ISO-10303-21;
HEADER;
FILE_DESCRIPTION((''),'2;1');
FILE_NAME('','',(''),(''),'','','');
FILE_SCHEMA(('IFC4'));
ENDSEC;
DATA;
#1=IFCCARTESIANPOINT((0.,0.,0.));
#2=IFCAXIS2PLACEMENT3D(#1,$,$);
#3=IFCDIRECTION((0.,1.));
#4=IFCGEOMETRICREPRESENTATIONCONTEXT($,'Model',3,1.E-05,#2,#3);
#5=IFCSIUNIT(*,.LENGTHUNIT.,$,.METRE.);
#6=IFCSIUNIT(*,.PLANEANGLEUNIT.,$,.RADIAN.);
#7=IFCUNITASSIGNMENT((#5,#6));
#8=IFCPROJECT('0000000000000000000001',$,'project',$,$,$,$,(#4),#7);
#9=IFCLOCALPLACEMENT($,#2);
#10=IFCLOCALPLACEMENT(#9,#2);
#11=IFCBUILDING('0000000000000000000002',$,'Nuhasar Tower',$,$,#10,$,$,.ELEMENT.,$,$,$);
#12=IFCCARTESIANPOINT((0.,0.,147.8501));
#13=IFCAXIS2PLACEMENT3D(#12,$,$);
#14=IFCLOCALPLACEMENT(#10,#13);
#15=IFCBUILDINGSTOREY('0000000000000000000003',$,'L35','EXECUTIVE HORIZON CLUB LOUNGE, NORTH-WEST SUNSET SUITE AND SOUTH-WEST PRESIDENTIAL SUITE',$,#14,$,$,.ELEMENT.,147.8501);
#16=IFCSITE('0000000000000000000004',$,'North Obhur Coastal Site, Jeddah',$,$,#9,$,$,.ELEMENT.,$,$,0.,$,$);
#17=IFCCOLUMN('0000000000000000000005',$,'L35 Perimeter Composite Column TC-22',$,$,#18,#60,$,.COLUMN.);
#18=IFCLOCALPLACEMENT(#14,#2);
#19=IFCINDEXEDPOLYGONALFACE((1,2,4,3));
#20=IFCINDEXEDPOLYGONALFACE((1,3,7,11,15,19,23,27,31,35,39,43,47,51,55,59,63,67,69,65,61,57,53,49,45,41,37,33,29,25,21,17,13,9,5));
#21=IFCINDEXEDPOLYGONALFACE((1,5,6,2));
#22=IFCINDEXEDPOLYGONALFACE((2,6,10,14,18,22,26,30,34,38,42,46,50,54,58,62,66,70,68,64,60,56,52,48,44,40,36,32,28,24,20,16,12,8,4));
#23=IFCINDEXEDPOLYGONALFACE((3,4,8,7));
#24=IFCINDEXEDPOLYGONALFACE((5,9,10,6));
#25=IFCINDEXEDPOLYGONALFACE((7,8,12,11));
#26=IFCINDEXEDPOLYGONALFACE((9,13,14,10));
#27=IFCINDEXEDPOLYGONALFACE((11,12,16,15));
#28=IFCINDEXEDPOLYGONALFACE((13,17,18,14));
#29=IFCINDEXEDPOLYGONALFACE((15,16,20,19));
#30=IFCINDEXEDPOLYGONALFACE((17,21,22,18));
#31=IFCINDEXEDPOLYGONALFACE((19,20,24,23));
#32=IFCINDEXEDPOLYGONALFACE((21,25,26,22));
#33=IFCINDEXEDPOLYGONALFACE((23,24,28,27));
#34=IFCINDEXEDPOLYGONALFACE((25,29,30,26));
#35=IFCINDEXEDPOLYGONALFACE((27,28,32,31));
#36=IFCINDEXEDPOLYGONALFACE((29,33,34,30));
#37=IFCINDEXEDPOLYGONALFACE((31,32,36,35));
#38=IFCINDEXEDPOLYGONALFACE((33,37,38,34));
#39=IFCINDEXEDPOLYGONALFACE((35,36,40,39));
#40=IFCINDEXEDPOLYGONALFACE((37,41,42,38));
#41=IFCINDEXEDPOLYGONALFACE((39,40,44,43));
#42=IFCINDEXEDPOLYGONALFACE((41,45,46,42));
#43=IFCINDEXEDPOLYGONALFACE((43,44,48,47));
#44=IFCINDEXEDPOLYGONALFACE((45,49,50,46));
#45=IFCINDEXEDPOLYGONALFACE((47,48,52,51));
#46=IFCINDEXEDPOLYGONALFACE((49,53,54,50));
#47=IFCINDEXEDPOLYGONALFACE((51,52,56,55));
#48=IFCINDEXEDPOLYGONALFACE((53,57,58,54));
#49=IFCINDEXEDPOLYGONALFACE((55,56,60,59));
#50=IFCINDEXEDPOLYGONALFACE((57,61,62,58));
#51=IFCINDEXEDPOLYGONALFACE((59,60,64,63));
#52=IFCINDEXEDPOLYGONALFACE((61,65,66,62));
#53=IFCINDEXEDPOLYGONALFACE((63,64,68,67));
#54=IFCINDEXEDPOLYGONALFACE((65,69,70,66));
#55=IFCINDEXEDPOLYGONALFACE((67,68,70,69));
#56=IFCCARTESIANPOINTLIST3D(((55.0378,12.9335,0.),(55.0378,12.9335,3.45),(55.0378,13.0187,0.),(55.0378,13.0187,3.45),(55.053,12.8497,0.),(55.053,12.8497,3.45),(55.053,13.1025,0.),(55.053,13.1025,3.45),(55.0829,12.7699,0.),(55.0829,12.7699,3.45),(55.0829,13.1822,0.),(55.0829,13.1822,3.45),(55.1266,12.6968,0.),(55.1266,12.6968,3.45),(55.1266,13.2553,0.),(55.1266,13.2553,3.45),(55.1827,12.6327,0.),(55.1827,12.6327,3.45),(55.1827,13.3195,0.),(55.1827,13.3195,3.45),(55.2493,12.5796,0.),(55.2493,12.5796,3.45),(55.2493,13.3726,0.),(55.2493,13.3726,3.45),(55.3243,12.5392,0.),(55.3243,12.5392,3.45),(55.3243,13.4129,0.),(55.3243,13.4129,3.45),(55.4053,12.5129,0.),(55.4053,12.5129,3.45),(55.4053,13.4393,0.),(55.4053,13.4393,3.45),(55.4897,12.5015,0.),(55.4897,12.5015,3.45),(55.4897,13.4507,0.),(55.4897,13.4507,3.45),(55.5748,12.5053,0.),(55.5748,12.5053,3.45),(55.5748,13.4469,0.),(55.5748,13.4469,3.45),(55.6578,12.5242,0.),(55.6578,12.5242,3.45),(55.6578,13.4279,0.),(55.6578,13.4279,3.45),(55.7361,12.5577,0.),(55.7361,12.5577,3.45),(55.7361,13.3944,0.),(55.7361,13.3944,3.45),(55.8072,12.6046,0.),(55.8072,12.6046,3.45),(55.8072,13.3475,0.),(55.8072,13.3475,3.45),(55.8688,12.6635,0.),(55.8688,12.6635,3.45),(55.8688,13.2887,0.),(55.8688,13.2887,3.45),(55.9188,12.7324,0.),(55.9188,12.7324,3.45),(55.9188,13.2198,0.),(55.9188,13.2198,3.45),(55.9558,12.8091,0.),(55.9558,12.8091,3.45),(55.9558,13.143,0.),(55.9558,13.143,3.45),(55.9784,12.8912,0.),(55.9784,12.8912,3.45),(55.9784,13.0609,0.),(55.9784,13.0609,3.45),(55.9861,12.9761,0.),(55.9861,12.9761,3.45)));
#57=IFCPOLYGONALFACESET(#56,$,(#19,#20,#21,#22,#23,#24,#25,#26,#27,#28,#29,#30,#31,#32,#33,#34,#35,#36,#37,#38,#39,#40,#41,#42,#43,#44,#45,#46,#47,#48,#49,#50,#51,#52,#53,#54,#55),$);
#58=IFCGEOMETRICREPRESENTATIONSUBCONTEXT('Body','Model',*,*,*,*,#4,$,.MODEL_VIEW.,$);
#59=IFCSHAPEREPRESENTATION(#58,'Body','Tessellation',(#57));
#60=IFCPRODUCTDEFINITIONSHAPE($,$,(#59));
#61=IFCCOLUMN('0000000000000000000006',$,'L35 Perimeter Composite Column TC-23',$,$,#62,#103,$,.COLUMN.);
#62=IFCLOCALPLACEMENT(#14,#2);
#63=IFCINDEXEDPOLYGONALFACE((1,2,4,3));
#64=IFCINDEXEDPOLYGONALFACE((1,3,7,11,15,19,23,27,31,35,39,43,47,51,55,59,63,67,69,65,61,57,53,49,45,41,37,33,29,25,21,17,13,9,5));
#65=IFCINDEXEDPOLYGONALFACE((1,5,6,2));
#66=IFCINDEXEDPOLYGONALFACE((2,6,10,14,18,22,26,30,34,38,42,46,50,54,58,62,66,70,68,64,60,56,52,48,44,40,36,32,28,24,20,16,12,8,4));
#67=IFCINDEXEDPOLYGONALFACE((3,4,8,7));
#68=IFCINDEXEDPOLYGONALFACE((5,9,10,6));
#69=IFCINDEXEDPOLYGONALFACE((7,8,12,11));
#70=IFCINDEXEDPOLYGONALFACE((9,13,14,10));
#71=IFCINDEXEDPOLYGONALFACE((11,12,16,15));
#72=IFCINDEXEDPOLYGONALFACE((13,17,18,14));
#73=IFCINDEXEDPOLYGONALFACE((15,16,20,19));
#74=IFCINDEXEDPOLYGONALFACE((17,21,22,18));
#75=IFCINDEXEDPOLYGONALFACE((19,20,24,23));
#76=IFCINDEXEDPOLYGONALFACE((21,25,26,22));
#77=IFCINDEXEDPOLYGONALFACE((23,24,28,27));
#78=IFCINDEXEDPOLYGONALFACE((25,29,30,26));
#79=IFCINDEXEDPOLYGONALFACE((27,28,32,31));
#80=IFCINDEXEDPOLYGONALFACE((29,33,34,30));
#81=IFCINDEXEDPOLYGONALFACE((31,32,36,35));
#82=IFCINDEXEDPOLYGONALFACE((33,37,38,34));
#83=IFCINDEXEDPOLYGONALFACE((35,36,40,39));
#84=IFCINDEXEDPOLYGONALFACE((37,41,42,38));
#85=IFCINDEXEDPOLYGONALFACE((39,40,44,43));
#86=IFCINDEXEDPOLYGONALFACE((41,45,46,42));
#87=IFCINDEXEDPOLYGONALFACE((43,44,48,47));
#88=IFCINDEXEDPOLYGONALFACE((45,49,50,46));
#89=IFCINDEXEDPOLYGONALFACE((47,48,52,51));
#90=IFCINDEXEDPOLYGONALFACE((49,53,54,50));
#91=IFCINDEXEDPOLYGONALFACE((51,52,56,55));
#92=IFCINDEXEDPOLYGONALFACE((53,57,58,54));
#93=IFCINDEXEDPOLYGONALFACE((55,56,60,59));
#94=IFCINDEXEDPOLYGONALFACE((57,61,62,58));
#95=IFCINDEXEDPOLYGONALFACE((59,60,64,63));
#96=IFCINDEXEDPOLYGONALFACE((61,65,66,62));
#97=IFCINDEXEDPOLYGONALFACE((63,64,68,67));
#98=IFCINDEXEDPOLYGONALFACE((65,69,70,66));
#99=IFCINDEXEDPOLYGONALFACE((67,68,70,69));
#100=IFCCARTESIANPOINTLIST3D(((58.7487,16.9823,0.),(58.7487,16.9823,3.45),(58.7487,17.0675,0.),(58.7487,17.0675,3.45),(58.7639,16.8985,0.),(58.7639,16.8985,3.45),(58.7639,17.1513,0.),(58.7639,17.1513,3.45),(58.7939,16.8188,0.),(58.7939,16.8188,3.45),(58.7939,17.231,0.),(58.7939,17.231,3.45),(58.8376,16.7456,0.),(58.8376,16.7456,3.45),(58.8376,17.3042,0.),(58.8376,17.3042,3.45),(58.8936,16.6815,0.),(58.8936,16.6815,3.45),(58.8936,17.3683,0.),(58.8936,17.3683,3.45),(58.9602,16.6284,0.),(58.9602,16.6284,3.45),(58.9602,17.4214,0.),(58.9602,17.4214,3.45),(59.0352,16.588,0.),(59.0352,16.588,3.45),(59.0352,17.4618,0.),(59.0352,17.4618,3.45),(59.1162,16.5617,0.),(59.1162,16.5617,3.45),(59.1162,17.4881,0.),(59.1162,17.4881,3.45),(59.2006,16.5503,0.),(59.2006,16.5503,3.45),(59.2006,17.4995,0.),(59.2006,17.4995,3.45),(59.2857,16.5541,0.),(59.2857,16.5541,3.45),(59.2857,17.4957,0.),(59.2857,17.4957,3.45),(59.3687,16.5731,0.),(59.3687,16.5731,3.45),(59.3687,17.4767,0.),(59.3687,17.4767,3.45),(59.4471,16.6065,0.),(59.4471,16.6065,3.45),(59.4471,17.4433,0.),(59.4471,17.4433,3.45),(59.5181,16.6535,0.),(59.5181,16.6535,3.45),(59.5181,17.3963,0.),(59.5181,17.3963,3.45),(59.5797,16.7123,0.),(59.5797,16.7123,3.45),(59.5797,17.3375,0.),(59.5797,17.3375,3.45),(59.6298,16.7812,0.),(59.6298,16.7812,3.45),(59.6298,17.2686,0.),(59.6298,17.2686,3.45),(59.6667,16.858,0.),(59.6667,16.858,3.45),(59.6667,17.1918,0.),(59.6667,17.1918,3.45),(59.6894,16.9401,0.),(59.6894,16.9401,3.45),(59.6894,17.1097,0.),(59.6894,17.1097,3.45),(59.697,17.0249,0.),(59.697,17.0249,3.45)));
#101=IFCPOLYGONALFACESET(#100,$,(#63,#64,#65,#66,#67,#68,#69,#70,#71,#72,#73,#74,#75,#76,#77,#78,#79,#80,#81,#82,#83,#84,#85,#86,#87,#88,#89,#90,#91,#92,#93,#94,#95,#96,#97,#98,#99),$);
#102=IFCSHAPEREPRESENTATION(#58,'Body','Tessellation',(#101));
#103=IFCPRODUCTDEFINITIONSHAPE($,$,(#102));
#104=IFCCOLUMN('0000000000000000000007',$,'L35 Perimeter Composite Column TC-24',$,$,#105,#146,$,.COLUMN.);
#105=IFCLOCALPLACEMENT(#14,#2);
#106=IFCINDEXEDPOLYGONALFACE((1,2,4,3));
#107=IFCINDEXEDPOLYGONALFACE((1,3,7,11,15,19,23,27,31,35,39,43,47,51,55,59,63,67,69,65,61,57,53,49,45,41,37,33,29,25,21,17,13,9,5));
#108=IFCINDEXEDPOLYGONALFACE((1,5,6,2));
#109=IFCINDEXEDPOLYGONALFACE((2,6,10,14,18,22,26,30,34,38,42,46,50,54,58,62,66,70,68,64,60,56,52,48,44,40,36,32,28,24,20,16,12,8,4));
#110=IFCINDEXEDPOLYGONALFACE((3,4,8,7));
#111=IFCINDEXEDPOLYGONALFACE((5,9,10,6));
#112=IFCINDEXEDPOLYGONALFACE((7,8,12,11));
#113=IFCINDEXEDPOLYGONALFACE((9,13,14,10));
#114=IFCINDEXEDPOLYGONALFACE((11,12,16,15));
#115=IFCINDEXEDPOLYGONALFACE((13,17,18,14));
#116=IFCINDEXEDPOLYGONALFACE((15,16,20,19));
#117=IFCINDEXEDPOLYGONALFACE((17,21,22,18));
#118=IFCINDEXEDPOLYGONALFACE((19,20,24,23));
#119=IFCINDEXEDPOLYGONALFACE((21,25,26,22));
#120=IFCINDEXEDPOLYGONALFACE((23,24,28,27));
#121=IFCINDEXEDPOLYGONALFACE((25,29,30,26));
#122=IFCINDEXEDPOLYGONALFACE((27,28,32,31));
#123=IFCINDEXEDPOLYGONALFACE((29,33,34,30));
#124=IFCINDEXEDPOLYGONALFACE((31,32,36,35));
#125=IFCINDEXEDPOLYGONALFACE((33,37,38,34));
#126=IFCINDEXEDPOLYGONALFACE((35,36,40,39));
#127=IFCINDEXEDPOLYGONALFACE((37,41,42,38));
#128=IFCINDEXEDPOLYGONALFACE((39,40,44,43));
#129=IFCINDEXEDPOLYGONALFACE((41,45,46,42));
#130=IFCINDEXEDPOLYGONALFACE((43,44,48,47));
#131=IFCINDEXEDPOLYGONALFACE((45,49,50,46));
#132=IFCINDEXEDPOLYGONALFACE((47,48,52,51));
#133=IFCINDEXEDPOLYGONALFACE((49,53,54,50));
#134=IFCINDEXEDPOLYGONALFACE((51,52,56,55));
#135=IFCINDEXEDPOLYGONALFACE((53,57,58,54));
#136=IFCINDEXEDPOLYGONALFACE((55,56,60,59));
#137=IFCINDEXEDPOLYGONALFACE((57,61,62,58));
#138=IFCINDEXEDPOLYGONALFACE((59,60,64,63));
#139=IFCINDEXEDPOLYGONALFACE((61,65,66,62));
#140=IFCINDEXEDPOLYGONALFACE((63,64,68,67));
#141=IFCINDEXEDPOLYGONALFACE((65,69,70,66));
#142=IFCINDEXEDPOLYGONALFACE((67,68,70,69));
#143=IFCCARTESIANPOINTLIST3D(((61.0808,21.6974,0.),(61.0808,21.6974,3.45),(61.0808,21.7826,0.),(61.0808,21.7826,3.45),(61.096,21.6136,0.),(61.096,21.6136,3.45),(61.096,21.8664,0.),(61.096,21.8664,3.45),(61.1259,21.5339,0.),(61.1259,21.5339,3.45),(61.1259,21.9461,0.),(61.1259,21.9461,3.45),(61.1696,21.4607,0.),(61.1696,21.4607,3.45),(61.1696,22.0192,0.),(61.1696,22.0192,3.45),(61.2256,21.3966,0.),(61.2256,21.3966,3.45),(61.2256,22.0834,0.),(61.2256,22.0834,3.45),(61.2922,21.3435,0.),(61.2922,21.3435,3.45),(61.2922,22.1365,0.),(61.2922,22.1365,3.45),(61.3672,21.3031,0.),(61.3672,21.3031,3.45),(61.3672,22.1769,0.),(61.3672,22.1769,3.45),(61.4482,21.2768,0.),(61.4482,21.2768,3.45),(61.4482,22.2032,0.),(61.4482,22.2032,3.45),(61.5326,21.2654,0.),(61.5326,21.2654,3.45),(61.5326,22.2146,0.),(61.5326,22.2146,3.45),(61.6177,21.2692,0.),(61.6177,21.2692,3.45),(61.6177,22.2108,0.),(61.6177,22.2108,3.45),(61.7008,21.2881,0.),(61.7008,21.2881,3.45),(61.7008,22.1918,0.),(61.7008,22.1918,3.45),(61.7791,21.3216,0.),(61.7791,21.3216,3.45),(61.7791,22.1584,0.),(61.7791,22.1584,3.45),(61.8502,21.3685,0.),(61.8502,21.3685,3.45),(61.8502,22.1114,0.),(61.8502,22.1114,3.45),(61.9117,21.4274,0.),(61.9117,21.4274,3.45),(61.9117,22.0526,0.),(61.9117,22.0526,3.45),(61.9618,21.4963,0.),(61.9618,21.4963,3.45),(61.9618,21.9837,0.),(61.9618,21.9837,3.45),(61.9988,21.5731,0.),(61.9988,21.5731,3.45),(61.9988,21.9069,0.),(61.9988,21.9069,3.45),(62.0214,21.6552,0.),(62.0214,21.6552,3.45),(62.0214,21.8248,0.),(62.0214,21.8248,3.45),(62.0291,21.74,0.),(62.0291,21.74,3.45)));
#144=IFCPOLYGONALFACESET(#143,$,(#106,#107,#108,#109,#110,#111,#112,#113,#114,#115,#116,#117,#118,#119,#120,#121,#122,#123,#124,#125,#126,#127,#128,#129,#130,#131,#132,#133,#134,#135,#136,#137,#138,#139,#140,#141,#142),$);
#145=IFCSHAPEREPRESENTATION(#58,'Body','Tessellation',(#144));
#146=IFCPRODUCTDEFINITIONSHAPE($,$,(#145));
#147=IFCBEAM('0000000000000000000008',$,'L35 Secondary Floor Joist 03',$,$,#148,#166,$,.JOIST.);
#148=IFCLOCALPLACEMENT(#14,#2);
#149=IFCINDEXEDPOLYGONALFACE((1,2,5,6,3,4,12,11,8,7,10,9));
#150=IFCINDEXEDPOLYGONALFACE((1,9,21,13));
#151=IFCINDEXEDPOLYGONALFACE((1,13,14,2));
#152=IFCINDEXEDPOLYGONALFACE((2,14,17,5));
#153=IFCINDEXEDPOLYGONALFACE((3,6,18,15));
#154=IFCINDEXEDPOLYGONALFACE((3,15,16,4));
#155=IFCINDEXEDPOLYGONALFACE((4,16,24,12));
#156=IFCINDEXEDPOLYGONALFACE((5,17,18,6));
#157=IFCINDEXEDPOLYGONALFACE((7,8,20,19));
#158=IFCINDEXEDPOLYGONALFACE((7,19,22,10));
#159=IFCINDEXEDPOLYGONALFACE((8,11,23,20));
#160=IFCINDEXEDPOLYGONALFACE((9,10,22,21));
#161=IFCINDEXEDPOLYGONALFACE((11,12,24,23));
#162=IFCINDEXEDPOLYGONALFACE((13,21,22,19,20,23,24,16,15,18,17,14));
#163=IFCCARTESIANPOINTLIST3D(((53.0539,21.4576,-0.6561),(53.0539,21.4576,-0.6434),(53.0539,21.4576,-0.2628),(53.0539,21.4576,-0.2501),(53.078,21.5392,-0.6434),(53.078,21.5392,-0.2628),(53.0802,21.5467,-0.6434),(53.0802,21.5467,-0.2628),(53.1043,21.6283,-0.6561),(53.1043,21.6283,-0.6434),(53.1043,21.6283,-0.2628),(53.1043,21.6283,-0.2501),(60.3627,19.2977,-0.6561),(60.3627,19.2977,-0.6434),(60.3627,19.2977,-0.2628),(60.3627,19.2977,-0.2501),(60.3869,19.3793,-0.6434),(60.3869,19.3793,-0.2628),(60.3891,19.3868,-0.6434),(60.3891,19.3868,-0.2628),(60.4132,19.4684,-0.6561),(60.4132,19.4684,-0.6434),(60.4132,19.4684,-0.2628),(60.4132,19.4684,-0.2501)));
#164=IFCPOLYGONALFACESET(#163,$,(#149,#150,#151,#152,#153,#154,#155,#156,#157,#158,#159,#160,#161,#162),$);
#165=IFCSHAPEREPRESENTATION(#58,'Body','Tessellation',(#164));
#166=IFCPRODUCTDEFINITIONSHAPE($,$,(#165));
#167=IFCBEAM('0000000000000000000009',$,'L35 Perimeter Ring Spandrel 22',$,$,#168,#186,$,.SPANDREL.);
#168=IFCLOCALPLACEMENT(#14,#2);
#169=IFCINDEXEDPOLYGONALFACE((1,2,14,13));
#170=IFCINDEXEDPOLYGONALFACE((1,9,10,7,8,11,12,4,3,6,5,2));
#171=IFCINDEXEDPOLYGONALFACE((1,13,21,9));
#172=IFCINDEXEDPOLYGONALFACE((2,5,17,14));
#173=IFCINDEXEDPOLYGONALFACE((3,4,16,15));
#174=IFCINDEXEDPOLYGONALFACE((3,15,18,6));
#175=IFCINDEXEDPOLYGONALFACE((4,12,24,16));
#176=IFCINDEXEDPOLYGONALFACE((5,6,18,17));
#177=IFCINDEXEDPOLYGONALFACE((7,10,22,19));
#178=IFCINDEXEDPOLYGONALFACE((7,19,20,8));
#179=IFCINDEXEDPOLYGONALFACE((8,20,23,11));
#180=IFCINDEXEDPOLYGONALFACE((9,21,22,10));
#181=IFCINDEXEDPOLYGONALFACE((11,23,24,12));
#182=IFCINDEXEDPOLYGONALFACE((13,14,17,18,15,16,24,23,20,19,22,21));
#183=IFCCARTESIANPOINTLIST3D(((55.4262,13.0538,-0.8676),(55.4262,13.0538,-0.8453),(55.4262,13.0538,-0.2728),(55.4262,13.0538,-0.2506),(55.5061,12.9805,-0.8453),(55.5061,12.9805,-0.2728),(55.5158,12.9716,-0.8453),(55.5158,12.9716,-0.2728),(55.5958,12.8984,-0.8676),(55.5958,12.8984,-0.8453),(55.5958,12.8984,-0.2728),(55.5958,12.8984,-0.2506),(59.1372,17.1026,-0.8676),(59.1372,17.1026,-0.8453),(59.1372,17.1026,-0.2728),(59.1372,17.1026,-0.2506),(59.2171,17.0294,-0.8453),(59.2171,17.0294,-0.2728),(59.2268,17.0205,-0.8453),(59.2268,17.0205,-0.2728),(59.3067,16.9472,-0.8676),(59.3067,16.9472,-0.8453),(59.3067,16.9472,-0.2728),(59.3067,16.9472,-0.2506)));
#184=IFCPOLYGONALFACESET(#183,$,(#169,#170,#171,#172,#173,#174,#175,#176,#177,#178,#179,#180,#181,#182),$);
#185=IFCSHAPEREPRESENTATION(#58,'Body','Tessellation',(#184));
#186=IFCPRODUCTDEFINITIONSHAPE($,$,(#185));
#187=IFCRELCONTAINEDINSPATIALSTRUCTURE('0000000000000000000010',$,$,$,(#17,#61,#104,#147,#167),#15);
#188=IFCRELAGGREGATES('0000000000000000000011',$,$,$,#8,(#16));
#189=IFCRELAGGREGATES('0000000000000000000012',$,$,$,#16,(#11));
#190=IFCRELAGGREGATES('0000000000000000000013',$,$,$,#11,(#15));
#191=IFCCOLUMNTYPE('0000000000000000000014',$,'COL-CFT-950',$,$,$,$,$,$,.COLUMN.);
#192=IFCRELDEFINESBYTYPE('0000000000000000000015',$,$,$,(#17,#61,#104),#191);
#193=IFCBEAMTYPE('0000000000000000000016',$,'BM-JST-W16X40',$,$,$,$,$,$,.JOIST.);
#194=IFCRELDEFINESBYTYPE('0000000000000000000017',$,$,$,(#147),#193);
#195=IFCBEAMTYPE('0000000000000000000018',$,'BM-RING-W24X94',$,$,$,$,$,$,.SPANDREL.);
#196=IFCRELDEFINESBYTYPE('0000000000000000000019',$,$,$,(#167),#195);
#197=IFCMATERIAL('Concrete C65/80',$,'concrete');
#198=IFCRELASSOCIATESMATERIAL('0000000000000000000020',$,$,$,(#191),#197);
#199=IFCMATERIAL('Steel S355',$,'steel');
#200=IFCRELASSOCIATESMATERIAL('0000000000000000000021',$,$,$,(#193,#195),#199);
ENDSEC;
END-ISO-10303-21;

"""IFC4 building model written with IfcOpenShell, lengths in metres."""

from ifc_helpers import new_model, si_unit, direction, frame, origin, origin_2d, place, context, subcontext, project, spatial, circle, i_section, extrude, material, material_profile, profile_set, type_object, element, save


model = new_model("IFC4")

# Units and contexts
model_context = context("Model", 3, precision=1e-05, world=origin(), true_north=direction((0.0, 1.0)))
body_context = subcontext(model_context, "Body", "Model", "MODEL_VIEW")
ifc_project = project(units=[si_unit("LENGTHUNIT", "METRE"), si_unit("PLANEANGLEUNIT", "RADIAN")], contexts=[model_context])

# Site, building, storey
site_placement = place(None, origin())
site = spatial("IfcSite", under=ifc_project, at=site_placement, Name="North Obhur Coastal Site, Jeddah", CompositionType="ELEMENT", RefElevation=0.0)
building_placement = place(site_placement, origin())
building = spatial("IfcBuilding", under=site, at=building_placement, Name="Nuhasar Tower", CompositionType="ELEMENT")
storey_placement = place(building_placement, frame((0.0, 0.0, 147.8501)))
storey = spatial("IfcBuildingStorey", under=building, at=storey_placement, Name="L35", Description="EXECUTIVE HORIZON CLUB LOUNGE, NORTH-WEST SUNSET SUITE AND SOUTH-WEST PRESIDENTIAL SUITE", CompositionType="ELEMENT", Elevation=147.8501)

# Columns
ifc_material_1 = material(Name="Concrete C65/80", Category="concrete")
ifc_material_profile_1 = material_profile(ifc_material_1, circle(Radius=0.4751, at=origin_2d()), Name="CFT950")
ifc_profile_set_1 = profile_set([ifc_material_profile_1], Name="Concrete C65/80")
column_type = type_object("IfcColumnType", Name="COL-CFT-950", PredefinedType="COLUMN", material=ifc_profile_set_1)
for number, where, z_axis, x_axis, name in (
    (1, (55.511, 12.9761, 0.0), (0.0, 0.0, 1.0), (1.0, 0.0, 0.0), "L35 Perimeter Composite Column TC-22"),
    (2, (59.2219, 17.0249, 0.0), (0.0, 0.0, 1.0), (1.0, 0.0, 0.0), "L35 Perimeter Composite Column TC-23"),
    (3, (61.554, 21.74, 0.0), (0.0, 0.0, 1.0), (1.0, 0.0, 0.0), "L35 Perimeter Composite Column TC-24"),
):
    element("IfcColumn", number, at=place(storey_placement, frame(where, z_axis=z_axis, x_axis=x_axis)), inside=storey, type_object=column_type, Name=name, PredefinedType="COLUMN", context=body_context, shape_type="SweptSolid", body=[
        extrude(circle(Radius=0.4751, at=origin_2d()), origin(), (0.0, 0.0, 1.0), 3.45),
    ])

# Beams
ifc_material_2 = material(Name="Steel S355", Category="steel")
ifc_material_profile_2 = material_profile(ifc_material_2, i_section(OverallWidth=0.178, OverallDepth=0.406, WebThickness=0.0078, FlangeThickness=0.0127, at=origin_2d()), Name="W16X40")
ifc_profile_set_2 = profile_set([ifc_material_profile_2], Name="Steel S355")
beam_type_1 = type_object("IfcBeamType", Name="BM-JST-W16X40", PredefinedType="JOIST", material=ifc_profile_set_2)
beam_1_placement = place(storey_placement, frame((53.0791, 21.543, -0.4531), z_axis=(0.959, -0.283404, 0.0), x_axis=(0.283404, 0.959, 0.0)))
element("IfcBeam", 4, at=beam_1_placement, inside=storey, type_object=beam_type_1, Name="L35 Secondary Floor Joist 03", PredefinedType="JOIST", context=body_context, shape_type="SweptSolid", body=[
    extrude(i_section(OverallWidth=0.178, OverallDepth=0.406, WebThickness=0.0078, FlangeThickness=0.0127, at=origin_2d()), origin(), (0.0, 0.0, 1.0), 7.6213),
])
ifc_material_profile_3 = material_profile(ifc_material_2, i_section(OverallWidth=0.23, OverallDepth=0.6169, WebThickness=0.0132, FlangeThickness=0.0222, at=origin_2d()), Name="W24X94")
ifc_profile_set_3 = profile_set([ifc_material_profile_3], Name="Steel S355")
beam_type_2 = type_object("IfcBeamType", Name="BM-RING-W24X94", PredefinedType="SPANDREL", material=ifc_profile_set_3)
beam_2_placement = place(storey_placement, frame((55.511, 12.9761, -0.5591), z_axis=(0.675676, 0.737198, 0.0), x_axis=(-0.737198, 0.675676, 0.0)))
element("IfcBeam", 5, at=beam_2_placement, inside=storey, type_object=beam_type_2, Name="L35 Perimeter Ring Spandrel 22", PredefinedType="SPANDREL", context=body_context, shape_type="SweptSolid", body=[
    extrude(i_section(OverallWidth=0.23, OverallDepth=0.6169, WebThickness=0.0132, FlangeThickness=0.0222, at=origin_2d()), origin(), (0.0, 0.0, 1.0), 5.4922),
])

save(model, "model.ifc")
